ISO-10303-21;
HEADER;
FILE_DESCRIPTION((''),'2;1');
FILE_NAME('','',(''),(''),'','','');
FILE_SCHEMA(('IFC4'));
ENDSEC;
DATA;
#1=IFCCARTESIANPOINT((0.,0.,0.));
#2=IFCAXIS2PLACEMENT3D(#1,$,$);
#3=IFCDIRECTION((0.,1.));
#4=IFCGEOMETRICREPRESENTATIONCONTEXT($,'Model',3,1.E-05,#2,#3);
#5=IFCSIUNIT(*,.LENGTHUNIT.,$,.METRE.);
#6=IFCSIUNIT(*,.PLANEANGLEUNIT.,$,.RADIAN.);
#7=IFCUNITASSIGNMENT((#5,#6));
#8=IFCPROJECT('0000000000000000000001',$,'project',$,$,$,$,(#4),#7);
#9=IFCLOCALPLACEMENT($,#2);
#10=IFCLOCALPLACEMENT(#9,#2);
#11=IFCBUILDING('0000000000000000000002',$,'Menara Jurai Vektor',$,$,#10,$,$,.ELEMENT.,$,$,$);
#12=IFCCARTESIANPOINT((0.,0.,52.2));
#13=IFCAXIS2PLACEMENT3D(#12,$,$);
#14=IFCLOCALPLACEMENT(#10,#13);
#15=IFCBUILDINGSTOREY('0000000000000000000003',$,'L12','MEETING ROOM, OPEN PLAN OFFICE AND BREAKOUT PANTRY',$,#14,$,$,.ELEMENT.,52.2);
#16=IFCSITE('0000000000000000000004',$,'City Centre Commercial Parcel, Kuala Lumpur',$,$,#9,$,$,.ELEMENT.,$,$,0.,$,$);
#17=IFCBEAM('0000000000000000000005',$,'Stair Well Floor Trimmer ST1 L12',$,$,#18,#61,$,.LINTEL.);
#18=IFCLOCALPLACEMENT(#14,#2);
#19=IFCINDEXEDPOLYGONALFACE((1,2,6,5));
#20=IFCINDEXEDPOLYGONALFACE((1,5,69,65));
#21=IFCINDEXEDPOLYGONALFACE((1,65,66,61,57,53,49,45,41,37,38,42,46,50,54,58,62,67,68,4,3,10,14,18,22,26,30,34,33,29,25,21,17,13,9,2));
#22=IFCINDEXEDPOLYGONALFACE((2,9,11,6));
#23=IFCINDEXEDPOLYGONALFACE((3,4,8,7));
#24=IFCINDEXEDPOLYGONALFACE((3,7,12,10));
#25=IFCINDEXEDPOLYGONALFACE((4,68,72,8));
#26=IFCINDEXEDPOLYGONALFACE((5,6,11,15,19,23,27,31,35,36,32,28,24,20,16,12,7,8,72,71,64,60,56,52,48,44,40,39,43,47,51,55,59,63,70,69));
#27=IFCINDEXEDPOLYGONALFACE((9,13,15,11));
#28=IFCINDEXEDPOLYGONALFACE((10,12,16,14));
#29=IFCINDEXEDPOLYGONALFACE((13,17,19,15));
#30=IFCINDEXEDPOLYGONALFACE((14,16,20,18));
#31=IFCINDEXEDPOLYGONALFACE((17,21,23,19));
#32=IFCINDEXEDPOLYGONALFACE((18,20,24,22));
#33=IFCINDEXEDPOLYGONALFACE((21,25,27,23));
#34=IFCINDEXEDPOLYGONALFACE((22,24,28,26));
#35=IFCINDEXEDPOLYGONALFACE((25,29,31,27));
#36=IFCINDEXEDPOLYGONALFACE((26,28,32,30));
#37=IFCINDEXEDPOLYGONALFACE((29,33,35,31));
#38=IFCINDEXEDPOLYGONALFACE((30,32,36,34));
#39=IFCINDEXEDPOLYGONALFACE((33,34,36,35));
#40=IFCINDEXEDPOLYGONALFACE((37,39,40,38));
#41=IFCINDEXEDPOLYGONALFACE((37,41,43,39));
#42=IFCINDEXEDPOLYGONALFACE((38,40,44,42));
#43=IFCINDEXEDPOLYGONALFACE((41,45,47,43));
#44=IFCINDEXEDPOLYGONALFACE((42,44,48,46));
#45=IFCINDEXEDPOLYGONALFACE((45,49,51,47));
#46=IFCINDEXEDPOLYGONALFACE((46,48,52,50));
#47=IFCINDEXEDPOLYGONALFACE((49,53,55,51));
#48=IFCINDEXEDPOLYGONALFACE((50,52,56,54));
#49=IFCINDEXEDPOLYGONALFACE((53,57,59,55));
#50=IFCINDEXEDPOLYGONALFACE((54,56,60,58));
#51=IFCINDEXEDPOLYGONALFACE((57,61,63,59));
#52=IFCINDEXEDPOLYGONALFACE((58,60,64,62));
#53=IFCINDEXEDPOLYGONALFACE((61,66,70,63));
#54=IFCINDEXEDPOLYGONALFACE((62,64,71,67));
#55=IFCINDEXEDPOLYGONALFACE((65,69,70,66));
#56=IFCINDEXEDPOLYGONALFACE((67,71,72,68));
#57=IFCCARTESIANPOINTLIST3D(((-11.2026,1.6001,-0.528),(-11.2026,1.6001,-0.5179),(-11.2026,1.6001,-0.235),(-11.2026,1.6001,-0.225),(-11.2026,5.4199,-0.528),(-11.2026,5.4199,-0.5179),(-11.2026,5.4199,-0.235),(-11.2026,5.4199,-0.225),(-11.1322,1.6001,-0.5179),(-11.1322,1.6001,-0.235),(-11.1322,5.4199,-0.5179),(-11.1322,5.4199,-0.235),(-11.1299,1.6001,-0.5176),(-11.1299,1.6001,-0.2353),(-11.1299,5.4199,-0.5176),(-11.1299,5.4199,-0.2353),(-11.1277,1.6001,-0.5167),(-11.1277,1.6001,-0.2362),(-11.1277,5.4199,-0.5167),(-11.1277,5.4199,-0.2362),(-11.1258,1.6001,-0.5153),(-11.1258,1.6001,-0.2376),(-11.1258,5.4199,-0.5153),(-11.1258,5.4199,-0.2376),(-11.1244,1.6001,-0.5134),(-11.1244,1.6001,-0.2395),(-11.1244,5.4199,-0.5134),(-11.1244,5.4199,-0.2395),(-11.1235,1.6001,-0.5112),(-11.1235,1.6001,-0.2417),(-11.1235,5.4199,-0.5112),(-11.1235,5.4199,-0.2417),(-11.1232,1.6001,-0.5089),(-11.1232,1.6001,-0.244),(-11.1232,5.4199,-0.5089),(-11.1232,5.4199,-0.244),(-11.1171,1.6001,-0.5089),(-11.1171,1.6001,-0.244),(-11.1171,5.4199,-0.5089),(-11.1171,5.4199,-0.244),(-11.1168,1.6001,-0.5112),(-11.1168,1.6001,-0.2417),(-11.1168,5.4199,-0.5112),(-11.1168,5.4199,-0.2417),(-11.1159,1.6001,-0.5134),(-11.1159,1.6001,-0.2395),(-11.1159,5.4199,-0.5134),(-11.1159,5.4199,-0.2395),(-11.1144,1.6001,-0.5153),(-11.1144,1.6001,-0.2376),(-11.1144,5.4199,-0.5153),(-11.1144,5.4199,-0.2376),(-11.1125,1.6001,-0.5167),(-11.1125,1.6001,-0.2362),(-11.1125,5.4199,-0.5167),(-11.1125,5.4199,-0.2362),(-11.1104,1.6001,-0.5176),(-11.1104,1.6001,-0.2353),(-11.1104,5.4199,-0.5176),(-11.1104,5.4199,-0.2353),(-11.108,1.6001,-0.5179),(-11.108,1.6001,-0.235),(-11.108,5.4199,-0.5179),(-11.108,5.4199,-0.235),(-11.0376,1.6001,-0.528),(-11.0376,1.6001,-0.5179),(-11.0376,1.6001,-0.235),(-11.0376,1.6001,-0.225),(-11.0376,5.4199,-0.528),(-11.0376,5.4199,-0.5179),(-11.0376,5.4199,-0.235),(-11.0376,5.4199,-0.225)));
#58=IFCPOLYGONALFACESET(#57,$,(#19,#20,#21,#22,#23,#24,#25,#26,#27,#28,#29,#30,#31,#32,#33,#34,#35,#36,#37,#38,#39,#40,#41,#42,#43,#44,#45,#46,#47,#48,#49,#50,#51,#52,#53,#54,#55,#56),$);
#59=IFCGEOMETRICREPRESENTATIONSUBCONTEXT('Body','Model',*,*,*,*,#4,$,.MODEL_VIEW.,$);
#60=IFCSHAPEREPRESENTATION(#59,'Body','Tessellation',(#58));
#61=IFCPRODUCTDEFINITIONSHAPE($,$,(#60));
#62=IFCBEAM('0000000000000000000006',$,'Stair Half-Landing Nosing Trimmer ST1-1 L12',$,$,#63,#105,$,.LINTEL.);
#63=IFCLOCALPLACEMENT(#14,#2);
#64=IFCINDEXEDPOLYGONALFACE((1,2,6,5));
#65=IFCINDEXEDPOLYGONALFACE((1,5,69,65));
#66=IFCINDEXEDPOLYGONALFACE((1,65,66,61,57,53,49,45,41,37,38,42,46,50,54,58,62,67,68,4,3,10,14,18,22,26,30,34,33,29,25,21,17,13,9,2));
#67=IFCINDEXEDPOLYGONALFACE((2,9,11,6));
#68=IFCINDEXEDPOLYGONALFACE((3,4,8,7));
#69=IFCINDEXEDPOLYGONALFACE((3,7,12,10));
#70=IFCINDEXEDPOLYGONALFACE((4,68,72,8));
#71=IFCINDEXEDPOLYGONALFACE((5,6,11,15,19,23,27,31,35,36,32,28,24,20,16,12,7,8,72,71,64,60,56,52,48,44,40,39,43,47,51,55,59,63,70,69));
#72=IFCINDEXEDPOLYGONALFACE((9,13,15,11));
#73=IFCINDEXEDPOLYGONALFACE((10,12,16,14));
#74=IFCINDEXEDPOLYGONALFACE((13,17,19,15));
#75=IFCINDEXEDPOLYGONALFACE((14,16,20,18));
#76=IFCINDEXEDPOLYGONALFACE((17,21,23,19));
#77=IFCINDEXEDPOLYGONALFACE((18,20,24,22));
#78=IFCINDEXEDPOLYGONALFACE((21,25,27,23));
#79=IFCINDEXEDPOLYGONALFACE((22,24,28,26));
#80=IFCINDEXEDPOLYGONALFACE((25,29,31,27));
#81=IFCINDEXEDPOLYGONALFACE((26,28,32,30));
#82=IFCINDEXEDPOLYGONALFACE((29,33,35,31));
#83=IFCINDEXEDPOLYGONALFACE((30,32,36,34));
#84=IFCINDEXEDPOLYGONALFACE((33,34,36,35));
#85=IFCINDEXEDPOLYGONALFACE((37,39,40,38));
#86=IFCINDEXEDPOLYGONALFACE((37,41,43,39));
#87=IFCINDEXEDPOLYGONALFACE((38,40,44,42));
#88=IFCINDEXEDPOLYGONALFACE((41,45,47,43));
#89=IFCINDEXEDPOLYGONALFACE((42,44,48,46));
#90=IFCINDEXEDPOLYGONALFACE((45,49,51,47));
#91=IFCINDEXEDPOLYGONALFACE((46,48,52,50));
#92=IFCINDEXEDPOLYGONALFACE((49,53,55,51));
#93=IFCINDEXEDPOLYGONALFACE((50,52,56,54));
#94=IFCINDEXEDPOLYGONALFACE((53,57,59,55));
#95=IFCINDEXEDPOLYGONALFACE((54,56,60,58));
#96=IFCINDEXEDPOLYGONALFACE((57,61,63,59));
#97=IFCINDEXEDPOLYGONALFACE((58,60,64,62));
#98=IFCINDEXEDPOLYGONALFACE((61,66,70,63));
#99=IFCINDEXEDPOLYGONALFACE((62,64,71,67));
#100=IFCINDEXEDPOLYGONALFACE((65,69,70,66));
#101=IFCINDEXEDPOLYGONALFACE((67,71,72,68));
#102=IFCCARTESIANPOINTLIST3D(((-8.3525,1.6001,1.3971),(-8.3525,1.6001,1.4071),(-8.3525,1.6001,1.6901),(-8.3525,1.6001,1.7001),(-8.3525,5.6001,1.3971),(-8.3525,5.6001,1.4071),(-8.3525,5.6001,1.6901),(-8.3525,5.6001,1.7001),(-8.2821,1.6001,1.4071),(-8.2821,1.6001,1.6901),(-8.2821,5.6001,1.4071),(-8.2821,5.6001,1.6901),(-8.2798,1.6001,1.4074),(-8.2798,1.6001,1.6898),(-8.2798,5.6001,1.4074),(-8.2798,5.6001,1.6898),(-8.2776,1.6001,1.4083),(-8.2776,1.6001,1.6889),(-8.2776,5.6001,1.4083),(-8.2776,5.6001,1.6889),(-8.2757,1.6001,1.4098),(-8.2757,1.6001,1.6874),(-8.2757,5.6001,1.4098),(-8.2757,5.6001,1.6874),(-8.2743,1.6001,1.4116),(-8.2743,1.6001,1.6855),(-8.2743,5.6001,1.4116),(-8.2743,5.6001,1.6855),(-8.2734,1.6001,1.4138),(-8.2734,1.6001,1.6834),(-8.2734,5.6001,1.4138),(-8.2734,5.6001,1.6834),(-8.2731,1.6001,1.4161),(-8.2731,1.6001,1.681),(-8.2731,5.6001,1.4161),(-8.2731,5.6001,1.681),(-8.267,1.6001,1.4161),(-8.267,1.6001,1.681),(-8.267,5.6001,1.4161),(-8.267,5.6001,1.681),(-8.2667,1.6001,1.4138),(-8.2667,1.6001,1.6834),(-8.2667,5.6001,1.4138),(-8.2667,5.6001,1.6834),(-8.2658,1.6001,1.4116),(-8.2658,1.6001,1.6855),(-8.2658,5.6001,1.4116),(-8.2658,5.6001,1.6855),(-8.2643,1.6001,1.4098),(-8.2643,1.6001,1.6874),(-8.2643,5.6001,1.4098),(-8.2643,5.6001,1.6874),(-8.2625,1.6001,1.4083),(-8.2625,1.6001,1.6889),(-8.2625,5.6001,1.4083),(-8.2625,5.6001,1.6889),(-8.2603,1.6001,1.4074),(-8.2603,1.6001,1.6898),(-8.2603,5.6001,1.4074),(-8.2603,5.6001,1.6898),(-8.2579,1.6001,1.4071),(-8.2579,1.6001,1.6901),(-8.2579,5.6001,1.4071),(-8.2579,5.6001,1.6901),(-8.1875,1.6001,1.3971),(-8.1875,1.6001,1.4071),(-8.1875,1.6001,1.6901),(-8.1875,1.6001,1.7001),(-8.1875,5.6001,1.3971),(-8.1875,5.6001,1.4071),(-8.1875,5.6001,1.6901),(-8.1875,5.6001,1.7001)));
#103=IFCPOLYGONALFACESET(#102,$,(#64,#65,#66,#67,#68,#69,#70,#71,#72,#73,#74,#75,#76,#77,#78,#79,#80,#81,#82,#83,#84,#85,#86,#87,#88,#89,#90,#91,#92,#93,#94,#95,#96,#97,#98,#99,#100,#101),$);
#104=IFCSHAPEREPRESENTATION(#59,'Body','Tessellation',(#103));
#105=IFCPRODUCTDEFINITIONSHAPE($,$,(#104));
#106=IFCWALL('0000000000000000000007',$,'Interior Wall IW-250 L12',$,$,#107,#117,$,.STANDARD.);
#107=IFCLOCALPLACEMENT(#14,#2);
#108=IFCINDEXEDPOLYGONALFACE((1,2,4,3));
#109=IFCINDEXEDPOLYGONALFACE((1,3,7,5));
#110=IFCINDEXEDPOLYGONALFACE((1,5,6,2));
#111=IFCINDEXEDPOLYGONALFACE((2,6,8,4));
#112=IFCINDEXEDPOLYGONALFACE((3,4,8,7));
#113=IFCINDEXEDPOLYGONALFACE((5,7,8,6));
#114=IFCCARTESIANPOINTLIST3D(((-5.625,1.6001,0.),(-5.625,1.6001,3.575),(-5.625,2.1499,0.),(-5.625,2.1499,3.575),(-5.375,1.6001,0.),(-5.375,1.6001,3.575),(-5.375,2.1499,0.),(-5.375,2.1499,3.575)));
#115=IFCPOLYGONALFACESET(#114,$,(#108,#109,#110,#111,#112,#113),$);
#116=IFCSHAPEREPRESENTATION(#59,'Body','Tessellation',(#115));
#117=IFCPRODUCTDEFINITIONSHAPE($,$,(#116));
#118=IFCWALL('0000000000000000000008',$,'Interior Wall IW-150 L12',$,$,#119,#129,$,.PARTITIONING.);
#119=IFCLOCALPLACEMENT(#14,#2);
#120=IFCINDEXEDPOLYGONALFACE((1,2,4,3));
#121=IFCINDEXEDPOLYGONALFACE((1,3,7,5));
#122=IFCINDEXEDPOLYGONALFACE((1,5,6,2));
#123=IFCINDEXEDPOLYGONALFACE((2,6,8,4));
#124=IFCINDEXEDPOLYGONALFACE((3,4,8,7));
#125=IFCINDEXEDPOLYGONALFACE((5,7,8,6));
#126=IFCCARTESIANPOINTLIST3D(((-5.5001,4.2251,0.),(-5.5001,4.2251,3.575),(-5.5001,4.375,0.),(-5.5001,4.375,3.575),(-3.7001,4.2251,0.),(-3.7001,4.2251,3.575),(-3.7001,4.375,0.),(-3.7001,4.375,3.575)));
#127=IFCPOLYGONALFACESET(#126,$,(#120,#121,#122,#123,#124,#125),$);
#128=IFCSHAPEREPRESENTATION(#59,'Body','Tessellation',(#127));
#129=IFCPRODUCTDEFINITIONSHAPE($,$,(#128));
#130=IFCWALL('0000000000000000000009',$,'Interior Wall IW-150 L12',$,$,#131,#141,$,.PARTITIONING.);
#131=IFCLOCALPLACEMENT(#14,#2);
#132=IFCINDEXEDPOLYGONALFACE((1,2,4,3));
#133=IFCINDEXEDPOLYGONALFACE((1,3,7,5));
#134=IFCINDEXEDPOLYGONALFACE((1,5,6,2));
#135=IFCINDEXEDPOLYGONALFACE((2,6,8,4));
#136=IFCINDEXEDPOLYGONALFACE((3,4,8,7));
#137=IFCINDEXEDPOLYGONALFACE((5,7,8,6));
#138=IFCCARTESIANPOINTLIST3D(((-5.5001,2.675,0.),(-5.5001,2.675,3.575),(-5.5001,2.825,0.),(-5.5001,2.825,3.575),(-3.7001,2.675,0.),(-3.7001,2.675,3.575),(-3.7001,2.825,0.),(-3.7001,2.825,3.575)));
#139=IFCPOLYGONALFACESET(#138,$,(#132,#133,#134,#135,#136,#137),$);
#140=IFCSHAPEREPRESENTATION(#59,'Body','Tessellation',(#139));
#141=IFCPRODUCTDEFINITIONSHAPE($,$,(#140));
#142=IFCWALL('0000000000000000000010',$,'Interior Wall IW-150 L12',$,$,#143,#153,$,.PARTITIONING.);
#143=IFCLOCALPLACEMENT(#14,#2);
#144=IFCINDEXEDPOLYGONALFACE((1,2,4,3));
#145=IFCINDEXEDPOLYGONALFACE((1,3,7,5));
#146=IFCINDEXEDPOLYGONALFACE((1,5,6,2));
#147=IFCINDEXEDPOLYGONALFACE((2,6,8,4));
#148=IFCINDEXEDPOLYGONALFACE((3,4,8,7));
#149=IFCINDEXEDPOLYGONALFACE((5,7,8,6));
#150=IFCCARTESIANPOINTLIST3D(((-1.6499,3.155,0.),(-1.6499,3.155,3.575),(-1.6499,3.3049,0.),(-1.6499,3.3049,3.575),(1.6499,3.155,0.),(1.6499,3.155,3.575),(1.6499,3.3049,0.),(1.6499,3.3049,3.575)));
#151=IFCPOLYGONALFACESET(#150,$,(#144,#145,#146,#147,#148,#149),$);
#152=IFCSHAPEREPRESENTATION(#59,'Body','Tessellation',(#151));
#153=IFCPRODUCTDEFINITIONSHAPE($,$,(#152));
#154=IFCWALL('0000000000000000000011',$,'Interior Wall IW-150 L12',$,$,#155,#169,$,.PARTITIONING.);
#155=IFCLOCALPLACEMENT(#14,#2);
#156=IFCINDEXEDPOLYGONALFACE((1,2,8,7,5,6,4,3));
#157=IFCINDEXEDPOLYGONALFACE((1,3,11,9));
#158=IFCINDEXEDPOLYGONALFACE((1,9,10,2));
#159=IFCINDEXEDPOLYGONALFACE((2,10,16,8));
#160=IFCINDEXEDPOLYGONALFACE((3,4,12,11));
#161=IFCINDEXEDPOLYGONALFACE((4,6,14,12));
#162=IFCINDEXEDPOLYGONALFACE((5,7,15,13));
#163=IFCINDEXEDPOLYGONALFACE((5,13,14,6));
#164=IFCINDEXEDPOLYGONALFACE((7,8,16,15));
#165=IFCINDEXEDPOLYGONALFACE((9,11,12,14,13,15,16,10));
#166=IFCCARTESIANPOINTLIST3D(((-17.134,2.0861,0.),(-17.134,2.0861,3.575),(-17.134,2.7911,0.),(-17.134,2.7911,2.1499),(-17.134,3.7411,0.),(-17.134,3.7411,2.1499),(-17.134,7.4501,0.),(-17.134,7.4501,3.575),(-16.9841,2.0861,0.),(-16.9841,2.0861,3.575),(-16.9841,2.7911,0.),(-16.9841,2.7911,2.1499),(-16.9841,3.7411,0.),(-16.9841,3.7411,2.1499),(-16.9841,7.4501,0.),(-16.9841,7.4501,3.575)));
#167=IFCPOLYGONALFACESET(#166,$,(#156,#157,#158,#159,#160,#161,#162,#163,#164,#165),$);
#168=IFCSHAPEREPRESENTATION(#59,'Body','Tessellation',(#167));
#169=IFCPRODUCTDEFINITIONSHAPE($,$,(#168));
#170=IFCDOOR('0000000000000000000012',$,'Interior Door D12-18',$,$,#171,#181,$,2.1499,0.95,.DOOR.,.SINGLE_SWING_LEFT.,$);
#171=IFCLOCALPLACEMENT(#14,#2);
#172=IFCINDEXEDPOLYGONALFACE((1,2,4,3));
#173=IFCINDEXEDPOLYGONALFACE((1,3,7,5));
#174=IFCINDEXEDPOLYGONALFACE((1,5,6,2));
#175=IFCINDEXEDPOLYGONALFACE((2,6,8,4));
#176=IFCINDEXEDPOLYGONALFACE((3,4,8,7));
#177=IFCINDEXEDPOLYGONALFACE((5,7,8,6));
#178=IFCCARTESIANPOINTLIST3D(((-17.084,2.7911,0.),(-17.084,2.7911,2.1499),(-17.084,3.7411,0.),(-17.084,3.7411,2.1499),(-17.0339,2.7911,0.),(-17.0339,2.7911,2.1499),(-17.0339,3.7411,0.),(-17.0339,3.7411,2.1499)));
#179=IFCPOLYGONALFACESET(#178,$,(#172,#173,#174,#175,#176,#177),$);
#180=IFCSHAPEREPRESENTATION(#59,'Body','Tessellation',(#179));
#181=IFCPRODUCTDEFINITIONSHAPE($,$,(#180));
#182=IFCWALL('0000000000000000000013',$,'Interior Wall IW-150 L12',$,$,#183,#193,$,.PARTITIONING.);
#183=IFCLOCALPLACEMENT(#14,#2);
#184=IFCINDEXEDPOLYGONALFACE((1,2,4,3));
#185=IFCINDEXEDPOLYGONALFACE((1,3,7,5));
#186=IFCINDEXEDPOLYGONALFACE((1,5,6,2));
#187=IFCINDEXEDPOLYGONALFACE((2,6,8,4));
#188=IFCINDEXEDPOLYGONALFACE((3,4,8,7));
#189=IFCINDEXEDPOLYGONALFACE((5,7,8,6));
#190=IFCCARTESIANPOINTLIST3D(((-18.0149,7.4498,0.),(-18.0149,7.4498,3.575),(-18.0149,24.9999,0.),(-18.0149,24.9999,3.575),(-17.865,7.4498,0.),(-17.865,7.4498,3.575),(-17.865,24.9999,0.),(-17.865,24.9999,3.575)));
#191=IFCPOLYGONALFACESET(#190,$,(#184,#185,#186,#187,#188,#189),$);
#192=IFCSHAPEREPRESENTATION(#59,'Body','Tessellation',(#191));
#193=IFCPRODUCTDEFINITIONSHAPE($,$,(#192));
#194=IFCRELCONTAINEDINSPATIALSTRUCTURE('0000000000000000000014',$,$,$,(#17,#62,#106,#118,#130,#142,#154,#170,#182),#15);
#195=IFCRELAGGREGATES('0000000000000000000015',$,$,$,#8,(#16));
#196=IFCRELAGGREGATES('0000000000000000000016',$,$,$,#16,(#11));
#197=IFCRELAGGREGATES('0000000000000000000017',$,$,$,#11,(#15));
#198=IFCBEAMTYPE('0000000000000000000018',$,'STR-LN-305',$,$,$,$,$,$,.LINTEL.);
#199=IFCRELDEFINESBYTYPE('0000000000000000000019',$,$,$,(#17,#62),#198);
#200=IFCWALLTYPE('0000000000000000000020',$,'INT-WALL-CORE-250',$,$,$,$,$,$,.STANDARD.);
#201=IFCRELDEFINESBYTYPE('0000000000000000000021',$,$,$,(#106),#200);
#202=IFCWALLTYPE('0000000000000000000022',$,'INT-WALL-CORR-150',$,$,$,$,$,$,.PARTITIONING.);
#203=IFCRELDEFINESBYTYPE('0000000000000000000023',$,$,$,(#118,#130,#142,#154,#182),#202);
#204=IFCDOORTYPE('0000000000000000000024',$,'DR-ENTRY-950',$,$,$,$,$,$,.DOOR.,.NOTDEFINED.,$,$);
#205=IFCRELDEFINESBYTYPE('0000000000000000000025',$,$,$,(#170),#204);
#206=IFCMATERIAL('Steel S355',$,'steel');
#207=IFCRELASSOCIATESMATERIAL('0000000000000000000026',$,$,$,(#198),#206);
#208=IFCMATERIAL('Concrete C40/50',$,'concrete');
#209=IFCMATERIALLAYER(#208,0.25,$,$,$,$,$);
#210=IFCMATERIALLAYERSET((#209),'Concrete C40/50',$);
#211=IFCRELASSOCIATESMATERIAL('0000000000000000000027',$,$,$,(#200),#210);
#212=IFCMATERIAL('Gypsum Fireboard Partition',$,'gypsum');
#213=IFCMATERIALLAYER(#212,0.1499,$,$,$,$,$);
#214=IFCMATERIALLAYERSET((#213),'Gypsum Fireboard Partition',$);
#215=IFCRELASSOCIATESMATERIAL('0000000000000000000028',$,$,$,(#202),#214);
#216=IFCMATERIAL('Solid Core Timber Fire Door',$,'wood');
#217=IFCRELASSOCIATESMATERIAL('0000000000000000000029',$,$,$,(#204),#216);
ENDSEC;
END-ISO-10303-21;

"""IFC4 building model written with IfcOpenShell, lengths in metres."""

from ifc_helpers import new_model, si_unit, direction, frame, frame_2d, origin, origin_2d, place, context, subcontext, project, spatial, rectangle, i_section, extrude, material, layer, layer_set, material_profile, profile_set, type_object, element, fill, save


model = new_model("IFC4")

# Units and contexts
model_context = context("Model", 3, precision=1e-05, world=origin(), true_north=direction((0.0, 1.0)))
body_context = subcontext(model_context, "Body", "Model", "MODEL_VIEW")
ifc_project = project(units=[si_unit("LENGTHUNIT", "METRE"), si_unit("PLANEANGLEUNIT", "RADIAN")], contexts=[model_context])

# Site, building, storey
site_placement = place(None, origin())
site = spatial("IfcSite", under=ifc_project, at=site_placement, Name="City Centre Commercial Parcel, Kuala Lumpur", CompositionType="ELEMENT", RefElevation=0.0)
building_placement = place(site_placement, origin())
building = spatial("IfcBuilding", under=site, at=building_placement, Name="Menara Jurai Vektor", CompositionType="ELEMENT")
storey_placement = place(building_placement, frame((0.0, 0.0, 52.2)))
storey = spatial("IfcBuildingStorey", under=building, at=storey_placement, Name="L12", Description="MEETING ROOM, OPEN PLAN OFFICE AND BREAKOUT PANTRY", CompositionType="ELEMENT", Elevation=52.2)

# Shared definitions
ifc_material_1 = material(Name="Steel S355", Category="steel")

# Beams
ifc_material_profile_1 = material_profile(ifc_material_1, i_section(OverallWidth=0.165, OverallDepth=0.303, WebThickness=0.0061, FlangeThickness=0.01, FilletRadius=0.009, at=origin_2d()), Name="UKB 305x165x40")
ifc_profile_set_1 = profile_set([ifc_material_profile_1], Name="Steel S355")
beam_type_1 = type_object("IfcBeamType", Name="STR-LN-305", PredefinedType="LINTEL", material=ifc_profile_set_1)
beam_1_placement = place(storey_placement, frame((-11.1201, 1.6001, -0.3765), z_axis=(0.0, 1.0, 0.0), x_axis=(-1.0, 0.0, 0.0)))
element("IfcBeam", 1, at=beam_1_placement, inside=storey, type_object=beam_type_1, Name="Stair Well Floor Trimmer ST1 L12", PredefinedType="LINTEL", context=body_context, shape_type="SweptSolid", body=[
    extrude(i_section(OverallWidth=0.165, OverallDepth=0.303, WebThickness=0.0061, FlangeThickness=0.01, FilletRadius=0.009, at=origin_2d()), origin(), (0.0, 0.0, 1.0), 3.8198),
])
beam_2_placement = place(storey_placement, frame((-8.27, 1.6001, 1.5486), z_axis=(0.0, 1.0, 0.0), x_axis=(-1.0, 0.0, 0.0)))
element("IfcBeam", 2, at=beam_2_placement, inside=storey, type_object=beam_type_1, Name="Stair Half-Landing Nosing Trimmer ST1-1 L12", PredefinedType="LINTEL", context=body_context, shape_type="SweptSolid", body=[
    extrude(i_section(OverallWidth=0.165, OverallDepth=0.303, WebThickness=0.0061, FlangeThickness=0.01, FilletRadius=0.009, at=origin_2d()), origin(), (0.0, 0.0, 1.0), 4.0),
])

# Shared definitions
ifc_material_2 = material(Name="Concrete C40/50", Category="concrete")
ifc_layer_1 = layer(ifc_material_2, 0.25)
ifc_layer_set_1 = layer_set([ifc_layer_1], Name="Concrete C40/50")
wall_type_1 = type_object("IfcWallType", Name="INT-WALL-CORE-250", PredefinedType="STANDARD", material=ifc_layer_set_1)

# Walls
wall_1_placement = place(storey_placement, frame((-5.5, 1.6001, 0.0), z_axis=(0.0, 0.0, 1.0), x_axis=(0.0, 1.0, 0.0)))
element("IfcWall", 3, at=wall_1_placement, inside=storey, type_object=wall_type_1, Name="Interior Wall IW-250 L12", PredefinedType="STANDARD", context=body_context, shape_type="SweptSolid", body=[
    extrude(rectangle(XDim=0.5498, YDim=0.25, at=frame_2d((0.2749, 0.0))), origin(), (0.0, 0.0, 1.0), 3.575),
])
ifc_material_3 = material(Name="Gypsum Fireboard Partition", Category="gypsum")
ifc_layer_2 = layer(ifc_material_3, 0.1499)
ifc_layer_set_2 = layer_set([ifc_layer_2], Name="Gypsum Fireboard Partition")
wall_type_2 = type_object("IfcWallType", Name="INT-WALL-CORR-150", PredefinedType="PARTITIONING", material=ifc_layer_set_2)
for number, where, z_axis, x_axis, name in (
    (4, (-5.5, 4.3, 0.0), (0.0, 0.0, 1.0), (1.0, 0.0, 0.0), "Interior Wall IW-150 L12"),
    (5, (-5.5, 2.75, 0.0), (0.0, 0.0, 1.0), (1.0, 0.0, 0.0), "Interior Wall IW-150 L12"),
):
    element("IfcWall", number, at=place(storey_placement, frame(where, z_axis=z_axis, x_axis=x_axis)), inside=storey, type_object=wall_type_2, Name=name, PredefinedType="PARTITIONING", context=body_context, shape_type="SweptSolid", body=[
        extrude(rectangle(XDim=1.8, YDim=0.1499, at=frame_2d((0.8999, 0.0))), origin(), (0.0, 0.0, 1.0), 3.575),
    ])
wall_2_placement = place(storey_placement, frame((-1.6499, 3.23, 0.0), z_axis=(0.0, 0.0, 1.0), x_axis=(1.0, 0.0, 0.0)))
element("IfcWall", 6, at=wall_2_placement, inside=storey, type_object=wall_type_2, Name="Interior Wall IW-150 L12", PredefinedType="PARTITIONING", context=body_context, shape_type="SweptSolid", body=[
    extrude(rectangle(XDim=3.2998, YDim=0.1499, at=frame_2d((1.6499, 0.0))), origin(), (0.0, 0.0, 1.0), 3.575),
])

# Wall, opening, door
ifc_material_4 = material(Name="Solid Core Timber Fire Door", Category="wood")
door_type_1 = type_object("IfcDoorType", Name="DR-ENTRY-950", OperationType="NOTDEFINED", PredefinedType="DOOR", material=ifc_material_4)
wall_3_placement = place(storey_placement, frame((-17.0591, 2.0859, 0.0), z_axis=(0.0, 0.0, 1.0), x_axis=(0.0, 1.0, 0.0)))
wall_3 = element("IfcWall", 7, at=wall_3_placement, inside=storey, type_object=wall_type_2, Name="Interior Wall IW-150 L12", PredefinedType="PARTITIONING", context=body_context, shape_type="SweptSolid", body=[
    extrude(rectangle(XDim=5.364, YDim=0.1499, at=frame_2d((2.6821, 0.0))), origin(), (0.0, 0.0, 1.0), 3.575),
])
opening_1_placement = place(wall_3_placement, frame((0.7051, 0.0, 0.0)))
opening_1 = element("IfcOpeningElement", 8, at=opening_1_placement, cuts=wall_3, PredefinedType="OPENING", context=body_context, shape_type="SweptSolid", body=[
    extrude(rectangle(XDim=0.95, YDim=2.1499, at=frame_2d((0.4751, 1.075))), frame((0.0, 0.085, 0.0), z_axis=(0.0, -1.0, 0.0), x_axis=(1.0, 0.0, 0.0)), (0.0, 0.0, 1.0), 0.1699),
])
door_1_placement = place(opening_1_placement, origin())
door_1 = element("IfcDoor", 9, at=door_1_placement, inside=storey, type_object=door_type_1, Name="Interior Door D12-18", OperationType="SINGLE_SWING_LEFT", OverallHeight=2.1499, OverallWidth=0.95, PredefinedType="DOOR", context=body_context, shape_type="SweptSolid", body=[
    extrude(rectangle(XDim=0.95, YDim=2.1499, at=frame_2d((0.4751, 1.075))), frame((0.0, 0.0249, 0.0), z_axis=(0.0, -1.0, 0.0), x_axis=(1.0, 0.0, 0.0)), (0.0, 0.0, 1.0), 0.05),
])
fill(opening_1, door_1)

# Wall
wall_4_placement = place(storey_placement, frame((-17.9399, 7.45, 0.0), z_axis=(0.0, 0.0, 1.0), x_axis=(0.0, 1.0, 0.0)))
element("IfcWall", 10, at=wall_4_placement, inside=storey, type_object=wall_type_2, Name="Interior Wall IW-150 L12", PredefinedType="PARTITIONING", context=body_context, shape_type="SweptSolid", body=[
    extrude(rectangle(XDim=17.55, YDim=0.1499, at=frame_2d((8.7749, 0.0))), origin(), (0.0, 0.0, 1.0), 3.575),
])

save(model, "model.ifc")
